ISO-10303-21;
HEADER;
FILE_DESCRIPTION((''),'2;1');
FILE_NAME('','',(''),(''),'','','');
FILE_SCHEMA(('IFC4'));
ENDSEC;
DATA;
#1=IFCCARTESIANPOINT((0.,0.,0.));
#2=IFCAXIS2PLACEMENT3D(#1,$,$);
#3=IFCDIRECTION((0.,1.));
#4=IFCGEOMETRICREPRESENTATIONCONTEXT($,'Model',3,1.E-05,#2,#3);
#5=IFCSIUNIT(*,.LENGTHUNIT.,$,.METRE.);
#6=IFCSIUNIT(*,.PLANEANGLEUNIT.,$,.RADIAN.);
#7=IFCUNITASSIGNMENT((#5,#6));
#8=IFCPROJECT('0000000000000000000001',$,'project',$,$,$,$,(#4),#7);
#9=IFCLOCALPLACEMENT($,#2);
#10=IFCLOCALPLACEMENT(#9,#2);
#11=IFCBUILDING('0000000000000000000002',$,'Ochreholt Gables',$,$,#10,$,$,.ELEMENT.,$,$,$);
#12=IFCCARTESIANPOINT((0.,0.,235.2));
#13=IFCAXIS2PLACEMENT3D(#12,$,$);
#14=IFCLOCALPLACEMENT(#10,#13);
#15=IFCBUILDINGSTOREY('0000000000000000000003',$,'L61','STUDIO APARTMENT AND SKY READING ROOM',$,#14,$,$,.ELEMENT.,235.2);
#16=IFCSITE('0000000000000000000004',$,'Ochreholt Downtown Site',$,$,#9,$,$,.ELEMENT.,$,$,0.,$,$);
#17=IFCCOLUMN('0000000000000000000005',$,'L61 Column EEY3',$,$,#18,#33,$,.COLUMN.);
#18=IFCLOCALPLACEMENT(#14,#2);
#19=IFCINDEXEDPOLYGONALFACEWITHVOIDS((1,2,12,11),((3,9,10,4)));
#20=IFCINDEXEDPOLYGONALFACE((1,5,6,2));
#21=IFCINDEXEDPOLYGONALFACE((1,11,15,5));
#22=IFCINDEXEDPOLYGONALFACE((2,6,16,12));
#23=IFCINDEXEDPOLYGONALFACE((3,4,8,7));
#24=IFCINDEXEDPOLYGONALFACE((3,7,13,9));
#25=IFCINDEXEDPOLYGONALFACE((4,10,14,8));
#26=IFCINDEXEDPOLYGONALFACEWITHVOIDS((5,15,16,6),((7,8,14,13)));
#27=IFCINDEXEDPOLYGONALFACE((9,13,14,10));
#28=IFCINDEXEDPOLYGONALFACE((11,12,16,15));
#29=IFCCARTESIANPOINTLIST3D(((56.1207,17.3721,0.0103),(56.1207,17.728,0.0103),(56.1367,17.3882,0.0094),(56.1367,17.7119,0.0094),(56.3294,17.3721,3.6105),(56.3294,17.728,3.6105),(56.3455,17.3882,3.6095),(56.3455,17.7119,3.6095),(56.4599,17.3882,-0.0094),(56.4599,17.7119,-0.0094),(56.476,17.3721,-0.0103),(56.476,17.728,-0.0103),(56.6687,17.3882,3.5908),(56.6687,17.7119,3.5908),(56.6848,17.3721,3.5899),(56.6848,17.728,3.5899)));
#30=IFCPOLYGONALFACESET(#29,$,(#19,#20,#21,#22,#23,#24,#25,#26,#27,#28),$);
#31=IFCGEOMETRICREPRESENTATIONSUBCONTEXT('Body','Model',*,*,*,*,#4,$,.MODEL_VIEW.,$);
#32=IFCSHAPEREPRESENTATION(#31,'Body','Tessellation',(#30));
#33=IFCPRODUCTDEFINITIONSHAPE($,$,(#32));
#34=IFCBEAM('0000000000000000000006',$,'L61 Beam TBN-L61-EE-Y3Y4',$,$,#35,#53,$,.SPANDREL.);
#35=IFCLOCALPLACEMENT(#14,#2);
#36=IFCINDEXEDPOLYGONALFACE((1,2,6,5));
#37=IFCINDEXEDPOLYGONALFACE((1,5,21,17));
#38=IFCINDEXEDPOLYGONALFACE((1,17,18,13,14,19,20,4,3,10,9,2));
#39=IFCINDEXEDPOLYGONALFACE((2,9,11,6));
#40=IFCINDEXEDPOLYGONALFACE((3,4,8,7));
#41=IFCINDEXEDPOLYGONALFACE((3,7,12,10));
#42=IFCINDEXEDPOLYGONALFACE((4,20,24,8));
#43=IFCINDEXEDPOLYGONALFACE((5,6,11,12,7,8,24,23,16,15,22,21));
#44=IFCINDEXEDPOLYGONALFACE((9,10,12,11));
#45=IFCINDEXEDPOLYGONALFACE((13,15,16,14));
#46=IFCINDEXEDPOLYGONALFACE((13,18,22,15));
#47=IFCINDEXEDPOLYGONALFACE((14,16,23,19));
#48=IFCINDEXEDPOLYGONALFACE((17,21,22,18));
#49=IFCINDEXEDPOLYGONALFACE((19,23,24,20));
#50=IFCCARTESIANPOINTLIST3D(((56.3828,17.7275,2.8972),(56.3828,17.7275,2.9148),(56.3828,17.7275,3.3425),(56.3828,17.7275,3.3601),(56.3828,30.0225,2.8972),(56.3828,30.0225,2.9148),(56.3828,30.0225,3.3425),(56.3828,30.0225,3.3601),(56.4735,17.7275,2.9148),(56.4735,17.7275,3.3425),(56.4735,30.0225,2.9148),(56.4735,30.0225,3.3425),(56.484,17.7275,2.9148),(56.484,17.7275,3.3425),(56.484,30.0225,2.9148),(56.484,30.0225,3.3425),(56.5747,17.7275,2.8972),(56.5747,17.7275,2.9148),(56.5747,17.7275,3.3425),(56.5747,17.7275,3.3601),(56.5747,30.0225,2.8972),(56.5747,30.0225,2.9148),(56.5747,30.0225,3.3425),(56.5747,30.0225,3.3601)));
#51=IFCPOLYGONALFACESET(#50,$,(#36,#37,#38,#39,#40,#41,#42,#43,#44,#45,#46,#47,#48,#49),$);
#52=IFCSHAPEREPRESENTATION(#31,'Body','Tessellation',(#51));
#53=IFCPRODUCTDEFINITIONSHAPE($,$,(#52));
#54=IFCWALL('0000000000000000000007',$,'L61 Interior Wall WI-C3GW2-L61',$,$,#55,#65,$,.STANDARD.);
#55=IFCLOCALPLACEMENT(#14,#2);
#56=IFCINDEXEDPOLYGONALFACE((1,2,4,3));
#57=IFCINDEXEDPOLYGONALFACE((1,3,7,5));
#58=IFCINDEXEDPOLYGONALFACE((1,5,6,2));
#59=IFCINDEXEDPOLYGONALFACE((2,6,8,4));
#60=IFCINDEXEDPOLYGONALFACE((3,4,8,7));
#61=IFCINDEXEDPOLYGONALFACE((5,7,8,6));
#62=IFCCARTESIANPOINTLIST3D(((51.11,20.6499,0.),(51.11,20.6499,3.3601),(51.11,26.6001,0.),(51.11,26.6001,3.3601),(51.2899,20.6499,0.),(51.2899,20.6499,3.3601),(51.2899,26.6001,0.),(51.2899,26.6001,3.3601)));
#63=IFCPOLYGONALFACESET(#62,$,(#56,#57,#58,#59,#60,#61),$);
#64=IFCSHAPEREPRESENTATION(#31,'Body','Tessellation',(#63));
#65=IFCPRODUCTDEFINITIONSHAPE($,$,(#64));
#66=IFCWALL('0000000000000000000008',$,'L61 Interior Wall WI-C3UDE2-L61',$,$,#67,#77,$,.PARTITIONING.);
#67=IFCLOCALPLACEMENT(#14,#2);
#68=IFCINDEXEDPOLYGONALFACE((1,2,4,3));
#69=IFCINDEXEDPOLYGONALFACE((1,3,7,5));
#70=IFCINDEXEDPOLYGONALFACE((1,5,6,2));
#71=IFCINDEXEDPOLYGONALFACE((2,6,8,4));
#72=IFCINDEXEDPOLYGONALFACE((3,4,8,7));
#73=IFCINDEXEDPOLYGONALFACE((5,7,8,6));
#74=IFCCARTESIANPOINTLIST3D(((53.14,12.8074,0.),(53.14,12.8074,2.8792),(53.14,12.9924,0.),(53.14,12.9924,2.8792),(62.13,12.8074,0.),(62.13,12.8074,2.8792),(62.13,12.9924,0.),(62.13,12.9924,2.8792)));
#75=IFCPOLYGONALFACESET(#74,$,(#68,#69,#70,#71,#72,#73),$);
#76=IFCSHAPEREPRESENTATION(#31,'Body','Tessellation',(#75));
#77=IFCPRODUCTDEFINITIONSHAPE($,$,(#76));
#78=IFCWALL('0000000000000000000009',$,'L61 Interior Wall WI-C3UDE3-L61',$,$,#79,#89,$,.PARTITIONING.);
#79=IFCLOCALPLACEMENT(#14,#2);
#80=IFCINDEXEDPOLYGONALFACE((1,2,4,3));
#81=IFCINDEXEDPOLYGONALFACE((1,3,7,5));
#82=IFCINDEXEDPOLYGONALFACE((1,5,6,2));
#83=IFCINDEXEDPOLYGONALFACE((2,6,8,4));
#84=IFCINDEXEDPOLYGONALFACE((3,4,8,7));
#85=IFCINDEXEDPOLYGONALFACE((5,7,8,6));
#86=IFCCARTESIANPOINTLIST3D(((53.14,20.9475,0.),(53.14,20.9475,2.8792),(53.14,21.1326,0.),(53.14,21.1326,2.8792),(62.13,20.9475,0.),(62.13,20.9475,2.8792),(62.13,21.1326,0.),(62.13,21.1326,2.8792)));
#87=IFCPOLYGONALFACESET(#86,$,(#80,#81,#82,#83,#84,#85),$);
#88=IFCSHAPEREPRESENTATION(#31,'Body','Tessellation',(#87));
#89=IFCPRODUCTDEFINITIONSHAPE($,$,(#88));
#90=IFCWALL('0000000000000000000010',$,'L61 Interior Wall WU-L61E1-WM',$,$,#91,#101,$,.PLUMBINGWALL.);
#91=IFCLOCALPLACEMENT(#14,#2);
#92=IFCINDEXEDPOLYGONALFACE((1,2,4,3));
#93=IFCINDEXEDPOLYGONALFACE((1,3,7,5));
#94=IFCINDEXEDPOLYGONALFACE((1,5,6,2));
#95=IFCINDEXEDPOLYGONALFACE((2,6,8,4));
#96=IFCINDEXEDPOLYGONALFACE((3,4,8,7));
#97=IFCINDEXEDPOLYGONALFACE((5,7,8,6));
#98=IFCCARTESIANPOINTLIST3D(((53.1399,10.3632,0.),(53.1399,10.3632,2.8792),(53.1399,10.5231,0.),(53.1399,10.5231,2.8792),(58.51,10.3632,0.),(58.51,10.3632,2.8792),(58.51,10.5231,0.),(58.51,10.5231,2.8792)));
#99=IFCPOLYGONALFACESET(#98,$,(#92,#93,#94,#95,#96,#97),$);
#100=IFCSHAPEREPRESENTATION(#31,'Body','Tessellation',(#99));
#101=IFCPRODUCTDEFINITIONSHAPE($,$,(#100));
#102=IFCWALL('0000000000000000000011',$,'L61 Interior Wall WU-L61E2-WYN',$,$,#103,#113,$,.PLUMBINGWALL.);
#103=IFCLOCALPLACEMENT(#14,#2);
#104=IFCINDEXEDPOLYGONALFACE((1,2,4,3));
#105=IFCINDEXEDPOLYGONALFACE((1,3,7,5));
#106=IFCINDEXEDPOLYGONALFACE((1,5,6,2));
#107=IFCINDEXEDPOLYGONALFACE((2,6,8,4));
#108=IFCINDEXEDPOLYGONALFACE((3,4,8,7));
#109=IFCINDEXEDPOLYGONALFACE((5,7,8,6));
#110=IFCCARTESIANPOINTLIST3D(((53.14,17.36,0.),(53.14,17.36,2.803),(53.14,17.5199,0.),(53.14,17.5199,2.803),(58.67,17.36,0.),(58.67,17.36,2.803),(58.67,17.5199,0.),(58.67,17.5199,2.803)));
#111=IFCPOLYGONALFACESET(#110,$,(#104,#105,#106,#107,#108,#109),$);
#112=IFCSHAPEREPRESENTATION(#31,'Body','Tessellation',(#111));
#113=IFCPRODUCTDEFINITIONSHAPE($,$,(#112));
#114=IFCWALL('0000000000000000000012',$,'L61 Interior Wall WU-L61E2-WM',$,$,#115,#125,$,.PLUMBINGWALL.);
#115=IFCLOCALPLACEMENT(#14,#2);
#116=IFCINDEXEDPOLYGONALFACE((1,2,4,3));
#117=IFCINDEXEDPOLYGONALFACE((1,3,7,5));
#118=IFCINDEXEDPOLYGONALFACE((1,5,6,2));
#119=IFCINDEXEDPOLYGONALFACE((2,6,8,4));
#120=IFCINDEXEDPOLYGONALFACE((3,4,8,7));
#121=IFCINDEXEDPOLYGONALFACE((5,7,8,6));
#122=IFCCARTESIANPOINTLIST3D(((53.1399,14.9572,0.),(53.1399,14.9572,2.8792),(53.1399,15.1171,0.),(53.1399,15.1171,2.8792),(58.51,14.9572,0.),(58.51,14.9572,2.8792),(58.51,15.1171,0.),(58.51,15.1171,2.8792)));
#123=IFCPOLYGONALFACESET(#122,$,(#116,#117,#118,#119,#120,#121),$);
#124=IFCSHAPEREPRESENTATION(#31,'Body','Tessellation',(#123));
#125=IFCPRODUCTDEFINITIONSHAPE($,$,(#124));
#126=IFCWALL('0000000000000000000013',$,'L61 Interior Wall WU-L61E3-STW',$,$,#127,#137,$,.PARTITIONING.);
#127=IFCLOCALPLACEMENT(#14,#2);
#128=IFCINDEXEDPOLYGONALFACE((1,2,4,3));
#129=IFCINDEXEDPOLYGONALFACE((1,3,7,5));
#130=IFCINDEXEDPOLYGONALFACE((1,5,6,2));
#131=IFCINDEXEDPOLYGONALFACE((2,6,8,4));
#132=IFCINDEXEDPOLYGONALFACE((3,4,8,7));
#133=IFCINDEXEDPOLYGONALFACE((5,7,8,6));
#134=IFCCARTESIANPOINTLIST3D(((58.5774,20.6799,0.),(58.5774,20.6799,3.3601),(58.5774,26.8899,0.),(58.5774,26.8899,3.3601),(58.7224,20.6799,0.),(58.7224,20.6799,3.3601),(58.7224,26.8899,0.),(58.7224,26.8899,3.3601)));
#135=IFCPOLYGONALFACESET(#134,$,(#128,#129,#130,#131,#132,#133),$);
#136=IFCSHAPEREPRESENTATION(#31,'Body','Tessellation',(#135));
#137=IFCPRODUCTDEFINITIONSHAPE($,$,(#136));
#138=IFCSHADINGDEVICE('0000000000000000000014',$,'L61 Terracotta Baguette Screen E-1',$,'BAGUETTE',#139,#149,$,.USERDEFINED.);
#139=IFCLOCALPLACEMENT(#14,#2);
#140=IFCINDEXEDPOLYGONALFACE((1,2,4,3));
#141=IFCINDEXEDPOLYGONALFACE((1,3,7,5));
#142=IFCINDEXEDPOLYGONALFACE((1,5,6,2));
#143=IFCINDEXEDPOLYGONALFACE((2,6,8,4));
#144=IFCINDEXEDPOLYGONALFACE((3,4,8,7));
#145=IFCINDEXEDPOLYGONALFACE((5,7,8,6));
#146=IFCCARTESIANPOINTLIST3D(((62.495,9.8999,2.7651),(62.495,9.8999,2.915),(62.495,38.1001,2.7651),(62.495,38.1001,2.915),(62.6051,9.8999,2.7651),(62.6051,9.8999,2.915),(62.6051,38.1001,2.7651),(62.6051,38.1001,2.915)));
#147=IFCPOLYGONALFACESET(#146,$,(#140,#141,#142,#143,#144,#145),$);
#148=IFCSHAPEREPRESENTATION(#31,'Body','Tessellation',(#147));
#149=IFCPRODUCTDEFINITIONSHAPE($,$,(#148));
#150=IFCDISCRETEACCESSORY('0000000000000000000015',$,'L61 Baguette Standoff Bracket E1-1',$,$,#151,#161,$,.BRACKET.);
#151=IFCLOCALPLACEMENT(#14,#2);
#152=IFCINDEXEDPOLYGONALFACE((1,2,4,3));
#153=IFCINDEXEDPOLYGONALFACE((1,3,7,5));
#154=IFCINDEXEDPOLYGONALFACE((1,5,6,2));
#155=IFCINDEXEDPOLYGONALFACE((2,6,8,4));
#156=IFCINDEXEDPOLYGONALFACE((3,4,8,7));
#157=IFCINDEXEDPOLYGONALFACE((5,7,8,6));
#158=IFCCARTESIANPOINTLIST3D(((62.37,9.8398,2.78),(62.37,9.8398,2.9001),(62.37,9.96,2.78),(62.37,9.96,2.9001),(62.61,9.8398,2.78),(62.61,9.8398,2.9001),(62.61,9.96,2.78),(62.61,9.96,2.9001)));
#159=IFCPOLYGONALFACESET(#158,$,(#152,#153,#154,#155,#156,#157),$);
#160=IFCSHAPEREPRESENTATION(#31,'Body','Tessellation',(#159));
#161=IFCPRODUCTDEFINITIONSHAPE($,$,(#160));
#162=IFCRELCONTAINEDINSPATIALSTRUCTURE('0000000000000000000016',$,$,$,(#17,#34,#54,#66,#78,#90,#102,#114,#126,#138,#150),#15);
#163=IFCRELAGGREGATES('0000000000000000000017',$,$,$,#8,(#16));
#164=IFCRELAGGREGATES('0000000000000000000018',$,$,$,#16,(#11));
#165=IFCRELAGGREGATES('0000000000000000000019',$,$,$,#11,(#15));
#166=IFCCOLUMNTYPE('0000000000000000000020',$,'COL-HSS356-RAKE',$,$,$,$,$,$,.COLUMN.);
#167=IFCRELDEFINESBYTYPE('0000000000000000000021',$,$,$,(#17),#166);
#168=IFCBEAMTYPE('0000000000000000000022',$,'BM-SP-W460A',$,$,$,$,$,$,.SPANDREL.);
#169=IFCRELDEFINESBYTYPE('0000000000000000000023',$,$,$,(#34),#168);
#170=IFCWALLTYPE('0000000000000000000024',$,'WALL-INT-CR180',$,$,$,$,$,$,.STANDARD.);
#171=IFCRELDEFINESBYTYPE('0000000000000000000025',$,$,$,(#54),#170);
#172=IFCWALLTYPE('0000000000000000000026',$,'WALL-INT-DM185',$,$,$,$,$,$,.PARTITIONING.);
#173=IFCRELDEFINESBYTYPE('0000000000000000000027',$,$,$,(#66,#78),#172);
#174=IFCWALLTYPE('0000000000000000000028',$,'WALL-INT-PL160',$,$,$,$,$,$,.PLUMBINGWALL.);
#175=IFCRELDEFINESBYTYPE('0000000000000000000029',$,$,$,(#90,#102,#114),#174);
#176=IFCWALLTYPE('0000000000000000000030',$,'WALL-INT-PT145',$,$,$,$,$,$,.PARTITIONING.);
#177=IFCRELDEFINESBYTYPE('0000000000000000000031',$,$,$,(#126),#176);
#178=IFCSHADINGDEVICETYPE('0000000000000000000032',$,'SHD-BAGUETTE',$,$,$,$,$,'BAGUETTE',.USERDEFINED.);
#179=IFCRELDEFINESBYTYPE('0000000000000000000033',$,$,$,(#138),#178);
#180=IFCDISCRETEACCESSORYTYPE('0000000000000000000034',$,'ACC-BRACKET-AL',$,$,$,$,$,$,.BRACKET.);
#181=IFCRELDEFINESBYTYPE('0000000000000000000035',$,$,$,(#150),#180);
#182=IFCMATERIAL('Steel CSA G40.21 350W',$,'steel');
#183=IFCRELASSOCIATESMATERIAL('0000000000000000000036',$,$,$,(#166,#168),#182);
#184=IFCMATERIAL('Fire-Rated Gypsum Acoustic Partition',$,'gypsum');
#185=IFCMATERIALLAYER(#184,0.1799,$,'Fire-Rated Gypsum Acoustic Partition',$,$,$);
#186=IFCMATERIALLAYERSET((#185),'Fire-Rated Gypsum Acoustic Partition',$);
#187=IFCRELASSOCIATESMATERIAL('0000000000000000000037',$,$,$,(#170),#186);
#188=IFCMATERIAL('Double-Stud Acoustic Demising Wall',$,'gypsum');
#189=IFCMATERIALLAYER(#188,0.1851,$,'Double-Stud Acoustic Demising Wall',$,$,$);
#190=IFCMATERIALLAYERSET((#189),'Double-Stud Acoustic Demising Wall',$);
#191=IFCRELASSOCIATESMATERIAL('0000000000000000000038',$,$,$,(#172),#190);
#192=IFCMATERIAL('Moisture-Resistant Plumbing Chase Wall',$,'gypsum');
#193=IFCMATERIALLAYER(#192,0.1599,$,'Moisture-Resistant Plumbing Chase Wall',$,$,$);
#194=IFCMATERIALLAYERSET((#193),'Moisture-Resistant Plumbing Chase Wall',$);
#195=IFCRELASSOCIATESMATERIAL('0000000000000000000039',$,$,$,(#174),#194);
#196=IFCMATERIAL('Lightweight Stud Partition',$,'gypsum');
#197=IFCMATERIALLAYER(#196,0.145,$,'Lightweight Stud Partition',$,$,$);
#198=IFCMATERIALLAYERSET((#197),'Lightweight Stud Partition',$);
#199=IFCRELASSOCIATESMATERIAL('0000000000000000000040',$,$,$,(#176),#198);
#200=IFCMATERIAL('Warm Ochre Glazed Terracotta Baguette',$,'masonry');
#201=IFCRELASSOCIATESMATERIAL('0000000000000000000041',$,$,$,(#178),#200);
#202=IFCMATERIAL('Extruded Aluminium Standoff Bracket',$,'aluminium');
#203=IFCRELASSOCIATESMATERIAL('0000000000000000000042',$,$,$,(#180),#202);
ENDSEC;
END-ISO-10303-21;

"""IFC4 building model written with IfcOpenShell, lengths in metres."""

from ifc_helpers import new_model, si_unit, direction, frame, frame_2d, origin, origin_2d, place, context, subcontext, project, spatial, rectangle, hollow_rectangle, i_section, extrude, material, layer, layer_set, material_profile, profile_set, type_object, element, save


model = new_model("IFC4")

# Units and contexts
model_context = context("Model", 3, precision=1e-05, world=origin(), true_north=direction((0.0, 1.0)))
body_context = subcontext(model_context, "Body", "Model", "MODEL_VIEW")
ifc_project = project(units=[si_unit("LENGTHUNIT", "METRE"), si_unit("PLANEANGLEUNIT", "RADIAN")], contexts=[model_context])

# Site, building, storey
site_placement = place(None, origin())
site = spatial("IfcSite", under=ifc_project, at=site_placement, Name="Ochreholt Downtown Site", CompositionType="ELEMENT", RefElevation=0.0)
building_placement = place(site_placement, origin())
building = spatial("IfcBuilding", under=site, at=building_placement, Name="Ochreholt Gables", CompositionType="ELEMENT")
storey_placement = place(building_placement, frame((0.0, 0.0, 235.2)))
storey = spatial("IfcBuildingStorey", under=building, at=storey_placement, Name="L61", Description="STUDIO APARTMENT AND SKY READING ROOM", CompositionType="ELEMENT", Elevation=235.2)

# Column
ifc_material_1 = material(Name="Steel CSA G40.21 350W", Category="steel")
ifc_material_profile_1 = material_profile(ifc_material_1, hollow_rectangle(XDim=0.356, YDim=0.356, WallThickness=0.0161, at=origin_2d()), Name="HSS356X356X16")
ifc_profile_set_1 = profile_set([ifc_material_profile_1], Name="Steel CSA G40.21 350W")
column_type = type_object("IfcColumnType", Name="COL-HSS356-RAKE", PredefinedType="COLUMN", material=ifc_profile_set_1)
column_placement = place(storey_placement, frame((56.2983, 17.55, 0.0), z_axis=(0.057885, 0.0, 0.998323), x_axis=(0.0, 1.0, 0.0)))
element("IfcColumn", 1, at=column_placement, inside=storey, type_object=column_type, Name="L61 Column EEY3", PredefinedType="COLUMN", context=body_context, shape_type="SweptSolid", body=[
    extrude(hollow_rectangle(XDim=0.356, YDim=0.356, WallThickness=0.0161, at=origin_2d()), origin(), (0.0, 0.0, 1.0), 3.6062),
])

# Beam
ifc_material_profile_2 = material_profile(ifc_material_1, i_section(OverallWidth=0.1919, OverallDepth=0.4629, WebThickness=0.0105, FlangeThickness=0.0176, at=origin_2d()), Name="W460X89")
ifc_profile_set_2 = profile_set([ifc_material_profile_2], Name="Steel CSA G40.21 350W")
beam_type = type_object("IfcBeamType", Name="BM-SP-W460A", PredefinedType="SPANDREL", material=ifc_profile_set_2)
beam_placement = place(storey_placement, frame((56.4788, 17.7275, 3.1287), z_axis=(0.0, 1.0, 0.0), x_axis=(-1.0, 0.0, 0.0)))
element("IfcBeam", 2, at=beam_placement, inside=storey, type_object=beam_type, Name="L61 Beam TBN-L61-EE-Y3Y4", PredefinedType="SPANDREL", context=body_context, shape_type="SweptSolid", body=[
    extrude(i_section(OverallWidth=0.1919, OverallDepth=0.4629, WebThickness=0.0105, FlangeThickness=0.0176, at=origin_2d()), origin(), (0.0, 0.0, 1.0), 12.2949),
])

# Walls
ifc_material_2 = material(Name="Fire-Rated Gypsum Acoustic Partition", Category="gypsum")
ifc_layer_1 = layer(ifc_material_2, 0.1799, Name="Fire-Rated Gypsum Acoustic Partition")
ifc_layer_set_1 = layer_set([ifc_layer_1], Name="Fire-Rated Gypsum Acoustic Partition")
wall_type_1 = type_object("IfcWallType", Name="WALL-INT-CR180", PredefinedType="STANDARD", material=ifc_layer_set_1)
wall_1_placement = place(storey_placement, frame((51.2, 20.6499, 0.0), z_axis=(0.0, 0.0, 1.0), x_axis=(0.0, 1.0, 0.0)))
element("IfcWall", 3, at=wall_1_placement, inside=storey, type_object=wall_type_1, Name="L61 Interior Wall WI-C3GW2-L61", PredefinedType="STANDARD", context=body_context, shape_type="SweptSolid", body=[
    extrude(rectangle(XDim=5.9502, YDim=0.1799, at=frame_2d((2.9751, 0.0))), origin(), (0.0, 0.0, 1.0), 3.3601),
])
ifc_material_3 = material(Name="Double-Stud Acoustic Demising Wall", Category="gypsum")
ifc_layer_2 = layer(ifc_material_3, 0.1851, Name="Double-Stud Acoustic Demising Wall")
ifc_layer_set_2 = layer_set([ifc_layer_2], Name="Double-Stud Acoustic Demising Wall")
wall_type_2 = type_object("IfcWallType", Name="WALL-INT-DM185", PredefinedType="PARTITIONING", material=ifc_layer_set_2)
for number, where, z_axis, x_axis, name in (
    (4, (53.1399, 12.8999, 0.0), (0.0, 0.0, 1.0), (1.0, 0.0, 0.0), "L61 Interior Wall WI-C3UDE2-L61"),
    (5, (53.1399, 21.04, 0.0), (0.0, 0.0, 1.0), (1.0, 0.0, 0.0), "L61 Interior Wall WI-C3UDE3-L61"),
):
    element("IfcWall", number, at=place(storey_placement, frame(where, z_axis=z_axis, x_axis=x_axis)), inside=storey, type_object=wall_type_2, Name=name, PredefinedType="PARTITIONING", context=body_context, shape_type="SweptSolid", body=[
        extrude(rectangle(XDim=8.99, YDim=0.1851, at=frame_2d((4.4951, 0.0))), origin(), (0.0, 0.0, 1.0), 2.8792),
    ])
ifc_material_4 = material(Name="Moisture-Resistant Plumbing Chase Wall", Category="gypsum")
ifc_layer_3 = layer(ifc_material_4, 0.1599, Name="Moisture-Resistant Plumbing Chase Wall")
ifc_layer_set_3 = layer_set([ifc_layer_3], Name="Moisture-Resistant Plumbing Chase Wall")
wall_type_3 = type_object("IfcWallType", Name="WALL-INT-PL160", PredefinedType="PLUMBINGWALL", material=ifc_layer_set_3)
wall_2_placement = place(storey_placement, frame((53.1399, 10.4431, 0.0), z_axis=(0.0, 0.0, 1.0), x_axis=(1.0, 0.0, 0.0)))
element("IfcWall", 6, at=wall_2_placement, inside=storey, type_object=wall_type_3, Name="L61 Interior Wall WU-L61E1-WM", PredefinedType="PLUMBINGWALL", context=body_context, shape_type="SweptSolid", body=[
    extrude(rectangle(XDim=5.3701, YDim=0.1599, at=frame_2d((2.6851, 0.0))), origin(), (0.0, 0.0, 1.0), 2.8792),
])
wall_3_placement = place(storey_placement, frame((53.1399, 17.4399, 0.0), z_axis=(0.0, 0.0, 1.0), x_axis=(1.0, 0.0, 0.0)))
element("IfcWall", 7, at=wall_3_placement, inside=storey, type_object=wall_type_3, Name="L61 Interior Wall WU-L61E2-WYN", PredefinedType="PLUMBINGWALL", context=body_context, shape_type="SweptSolid", body=[
    extrude(rectangle(XDim=5.53, YDim=0.1599, at=frame_2d((2.7651, 0.0))), origin(), (0.0, 0.0, 1.0), 2.803),
])

# Wall
wall_4_placement = place(storey_placement, frame((53.1399, 15.0371, 0.0), z_axis=(0.0, 0.0, 1.0), x_axis=(1.0, 0.0, 0.0)))
element("IfcWall", 8, at=wall_4_placement, inside=storey, type_object=wall_type_3, Name="L61 Interior Wall WU-L61E2-WM", PredefinedType="PLUMBINGWALL", context=body_context, shape_type="SweptSolid", body=[
    extrude(rectangle(XDim=5.3701, YDim=0.1599, at=frame_2d((2.6851, 0.0))), origin(), (0.0, 0.0, 1.0), 2.8792),
])

# Wall
ifc_material_5 = material(Name="Lightweight Stud Partition", Category="gypsum")
ifc_layer_4 = layer(ifc_material_5, 0.145, Name="Lightweight Stud Partition")
ifc_layer_set_4 = layer_set([ifc_layer_4], Name="Lightweight Stud Partition")
wall_type_4 = type_object("IfcWallType", Name="WALL-INT-PT145", PredefinedType="PARTITIONING", material=ifc_layer_set_4)
wall_5_placement = place(storey_placement, frame((58.6499, 20.6799, 0.0), z_axis=(0.0, 0.0, 1.0), x_axis=(0.0, 1.0, 0.0)))
element("IfcWall", 9, at=wall_5_placement, inside=storey, type_object=wall_type_4, Name="L61 Interior Wall WU-L61E3-STW", PredefinedType="PARTITIONING", context=body_context, shape_type="SweptSolid", body=[
    extrude(rectangle(XDim=6.21, YDim=0.145, at=frame_2d((3.105, 0.0))), origin(), (0.0, 0.0, 1.0), 3.3601),
])

# Shading device
ifc_material_6 = material(Name="Warm Ochre Glazed Terracotta Baguette", Category="masonry")
ifc_material_profile_3 = material_profile(ifc_material_6, rectangle(XDim=0.1101, YDim=0.1499, at=origin_2d()), Name="TCBAG110X150")
ifc_profile_set_3 = profile_set([ifc_material_profile_3], Name="Warm Ochre Glazed Terracotta Baguette")
shading_device_type = type_object("IfcShadingDeviceType", Name="SHD-BAGUETTE", ElementType="BAGUETTE", PredefinedType="USERDEFINED", material=ifc_profile_set_3)
shading_device_placement = place(storey_placement, frame((62.55, 9.8999, 2.8401), z_axis=(0.0, 1.0, 0.0), x_axis=(-1.0, 0.0, 0.0)))
element("IfcShadingDevice", 10, at=shading_device_placement, inside=storey, type_object=shading_device_type, Name="L61 Terracotta Baguette Screen E-1", ObjectType="BAGUETTE", PredefinedType="USERDEFINED", context=body_context, shape_type="SweptSolid", body=[
    extrude(rectangle(XDim=0.1101, YDim=0.1499, at=origin_2d()), origin(), (0.0, 0.0, 1.0), 28.2002),
])

# Discrete accessory
ifc_material_7 = material(Name="Extruded Aluminium Standoff Bracket", Category="aluminium")
discrete_accessory_type = type_object("IfcDiscreteAccessoryType", Name="ACC-BRACKET-AL", PredefinedType="BRACKET", material=ifc_material_7)
discrete_accessory_placement = place(storey_placement, frame((62.49, 9.8999, 2.78), z_axis=(0.0, 0.0, 1.0), x_axis=(0.0, 1.0, 0.0)))
element("IfcDiscreteAccessory", 11, at=discrete_accessory_placement, inside=storey, type_object=discrete_accessory_type, Name="L61 Baguette Standoff Bracket E1-1", PredefinedType="BRACKET", context=body_context, shape_type="SweptSolid", body=[
    extrude(rectangle(XDim=0.1201, YDim=0.24, at=origin_2d()), origin(), (0.0, 0.0, 1.0), 0.1201),
])

save(model, "model.ifc")
